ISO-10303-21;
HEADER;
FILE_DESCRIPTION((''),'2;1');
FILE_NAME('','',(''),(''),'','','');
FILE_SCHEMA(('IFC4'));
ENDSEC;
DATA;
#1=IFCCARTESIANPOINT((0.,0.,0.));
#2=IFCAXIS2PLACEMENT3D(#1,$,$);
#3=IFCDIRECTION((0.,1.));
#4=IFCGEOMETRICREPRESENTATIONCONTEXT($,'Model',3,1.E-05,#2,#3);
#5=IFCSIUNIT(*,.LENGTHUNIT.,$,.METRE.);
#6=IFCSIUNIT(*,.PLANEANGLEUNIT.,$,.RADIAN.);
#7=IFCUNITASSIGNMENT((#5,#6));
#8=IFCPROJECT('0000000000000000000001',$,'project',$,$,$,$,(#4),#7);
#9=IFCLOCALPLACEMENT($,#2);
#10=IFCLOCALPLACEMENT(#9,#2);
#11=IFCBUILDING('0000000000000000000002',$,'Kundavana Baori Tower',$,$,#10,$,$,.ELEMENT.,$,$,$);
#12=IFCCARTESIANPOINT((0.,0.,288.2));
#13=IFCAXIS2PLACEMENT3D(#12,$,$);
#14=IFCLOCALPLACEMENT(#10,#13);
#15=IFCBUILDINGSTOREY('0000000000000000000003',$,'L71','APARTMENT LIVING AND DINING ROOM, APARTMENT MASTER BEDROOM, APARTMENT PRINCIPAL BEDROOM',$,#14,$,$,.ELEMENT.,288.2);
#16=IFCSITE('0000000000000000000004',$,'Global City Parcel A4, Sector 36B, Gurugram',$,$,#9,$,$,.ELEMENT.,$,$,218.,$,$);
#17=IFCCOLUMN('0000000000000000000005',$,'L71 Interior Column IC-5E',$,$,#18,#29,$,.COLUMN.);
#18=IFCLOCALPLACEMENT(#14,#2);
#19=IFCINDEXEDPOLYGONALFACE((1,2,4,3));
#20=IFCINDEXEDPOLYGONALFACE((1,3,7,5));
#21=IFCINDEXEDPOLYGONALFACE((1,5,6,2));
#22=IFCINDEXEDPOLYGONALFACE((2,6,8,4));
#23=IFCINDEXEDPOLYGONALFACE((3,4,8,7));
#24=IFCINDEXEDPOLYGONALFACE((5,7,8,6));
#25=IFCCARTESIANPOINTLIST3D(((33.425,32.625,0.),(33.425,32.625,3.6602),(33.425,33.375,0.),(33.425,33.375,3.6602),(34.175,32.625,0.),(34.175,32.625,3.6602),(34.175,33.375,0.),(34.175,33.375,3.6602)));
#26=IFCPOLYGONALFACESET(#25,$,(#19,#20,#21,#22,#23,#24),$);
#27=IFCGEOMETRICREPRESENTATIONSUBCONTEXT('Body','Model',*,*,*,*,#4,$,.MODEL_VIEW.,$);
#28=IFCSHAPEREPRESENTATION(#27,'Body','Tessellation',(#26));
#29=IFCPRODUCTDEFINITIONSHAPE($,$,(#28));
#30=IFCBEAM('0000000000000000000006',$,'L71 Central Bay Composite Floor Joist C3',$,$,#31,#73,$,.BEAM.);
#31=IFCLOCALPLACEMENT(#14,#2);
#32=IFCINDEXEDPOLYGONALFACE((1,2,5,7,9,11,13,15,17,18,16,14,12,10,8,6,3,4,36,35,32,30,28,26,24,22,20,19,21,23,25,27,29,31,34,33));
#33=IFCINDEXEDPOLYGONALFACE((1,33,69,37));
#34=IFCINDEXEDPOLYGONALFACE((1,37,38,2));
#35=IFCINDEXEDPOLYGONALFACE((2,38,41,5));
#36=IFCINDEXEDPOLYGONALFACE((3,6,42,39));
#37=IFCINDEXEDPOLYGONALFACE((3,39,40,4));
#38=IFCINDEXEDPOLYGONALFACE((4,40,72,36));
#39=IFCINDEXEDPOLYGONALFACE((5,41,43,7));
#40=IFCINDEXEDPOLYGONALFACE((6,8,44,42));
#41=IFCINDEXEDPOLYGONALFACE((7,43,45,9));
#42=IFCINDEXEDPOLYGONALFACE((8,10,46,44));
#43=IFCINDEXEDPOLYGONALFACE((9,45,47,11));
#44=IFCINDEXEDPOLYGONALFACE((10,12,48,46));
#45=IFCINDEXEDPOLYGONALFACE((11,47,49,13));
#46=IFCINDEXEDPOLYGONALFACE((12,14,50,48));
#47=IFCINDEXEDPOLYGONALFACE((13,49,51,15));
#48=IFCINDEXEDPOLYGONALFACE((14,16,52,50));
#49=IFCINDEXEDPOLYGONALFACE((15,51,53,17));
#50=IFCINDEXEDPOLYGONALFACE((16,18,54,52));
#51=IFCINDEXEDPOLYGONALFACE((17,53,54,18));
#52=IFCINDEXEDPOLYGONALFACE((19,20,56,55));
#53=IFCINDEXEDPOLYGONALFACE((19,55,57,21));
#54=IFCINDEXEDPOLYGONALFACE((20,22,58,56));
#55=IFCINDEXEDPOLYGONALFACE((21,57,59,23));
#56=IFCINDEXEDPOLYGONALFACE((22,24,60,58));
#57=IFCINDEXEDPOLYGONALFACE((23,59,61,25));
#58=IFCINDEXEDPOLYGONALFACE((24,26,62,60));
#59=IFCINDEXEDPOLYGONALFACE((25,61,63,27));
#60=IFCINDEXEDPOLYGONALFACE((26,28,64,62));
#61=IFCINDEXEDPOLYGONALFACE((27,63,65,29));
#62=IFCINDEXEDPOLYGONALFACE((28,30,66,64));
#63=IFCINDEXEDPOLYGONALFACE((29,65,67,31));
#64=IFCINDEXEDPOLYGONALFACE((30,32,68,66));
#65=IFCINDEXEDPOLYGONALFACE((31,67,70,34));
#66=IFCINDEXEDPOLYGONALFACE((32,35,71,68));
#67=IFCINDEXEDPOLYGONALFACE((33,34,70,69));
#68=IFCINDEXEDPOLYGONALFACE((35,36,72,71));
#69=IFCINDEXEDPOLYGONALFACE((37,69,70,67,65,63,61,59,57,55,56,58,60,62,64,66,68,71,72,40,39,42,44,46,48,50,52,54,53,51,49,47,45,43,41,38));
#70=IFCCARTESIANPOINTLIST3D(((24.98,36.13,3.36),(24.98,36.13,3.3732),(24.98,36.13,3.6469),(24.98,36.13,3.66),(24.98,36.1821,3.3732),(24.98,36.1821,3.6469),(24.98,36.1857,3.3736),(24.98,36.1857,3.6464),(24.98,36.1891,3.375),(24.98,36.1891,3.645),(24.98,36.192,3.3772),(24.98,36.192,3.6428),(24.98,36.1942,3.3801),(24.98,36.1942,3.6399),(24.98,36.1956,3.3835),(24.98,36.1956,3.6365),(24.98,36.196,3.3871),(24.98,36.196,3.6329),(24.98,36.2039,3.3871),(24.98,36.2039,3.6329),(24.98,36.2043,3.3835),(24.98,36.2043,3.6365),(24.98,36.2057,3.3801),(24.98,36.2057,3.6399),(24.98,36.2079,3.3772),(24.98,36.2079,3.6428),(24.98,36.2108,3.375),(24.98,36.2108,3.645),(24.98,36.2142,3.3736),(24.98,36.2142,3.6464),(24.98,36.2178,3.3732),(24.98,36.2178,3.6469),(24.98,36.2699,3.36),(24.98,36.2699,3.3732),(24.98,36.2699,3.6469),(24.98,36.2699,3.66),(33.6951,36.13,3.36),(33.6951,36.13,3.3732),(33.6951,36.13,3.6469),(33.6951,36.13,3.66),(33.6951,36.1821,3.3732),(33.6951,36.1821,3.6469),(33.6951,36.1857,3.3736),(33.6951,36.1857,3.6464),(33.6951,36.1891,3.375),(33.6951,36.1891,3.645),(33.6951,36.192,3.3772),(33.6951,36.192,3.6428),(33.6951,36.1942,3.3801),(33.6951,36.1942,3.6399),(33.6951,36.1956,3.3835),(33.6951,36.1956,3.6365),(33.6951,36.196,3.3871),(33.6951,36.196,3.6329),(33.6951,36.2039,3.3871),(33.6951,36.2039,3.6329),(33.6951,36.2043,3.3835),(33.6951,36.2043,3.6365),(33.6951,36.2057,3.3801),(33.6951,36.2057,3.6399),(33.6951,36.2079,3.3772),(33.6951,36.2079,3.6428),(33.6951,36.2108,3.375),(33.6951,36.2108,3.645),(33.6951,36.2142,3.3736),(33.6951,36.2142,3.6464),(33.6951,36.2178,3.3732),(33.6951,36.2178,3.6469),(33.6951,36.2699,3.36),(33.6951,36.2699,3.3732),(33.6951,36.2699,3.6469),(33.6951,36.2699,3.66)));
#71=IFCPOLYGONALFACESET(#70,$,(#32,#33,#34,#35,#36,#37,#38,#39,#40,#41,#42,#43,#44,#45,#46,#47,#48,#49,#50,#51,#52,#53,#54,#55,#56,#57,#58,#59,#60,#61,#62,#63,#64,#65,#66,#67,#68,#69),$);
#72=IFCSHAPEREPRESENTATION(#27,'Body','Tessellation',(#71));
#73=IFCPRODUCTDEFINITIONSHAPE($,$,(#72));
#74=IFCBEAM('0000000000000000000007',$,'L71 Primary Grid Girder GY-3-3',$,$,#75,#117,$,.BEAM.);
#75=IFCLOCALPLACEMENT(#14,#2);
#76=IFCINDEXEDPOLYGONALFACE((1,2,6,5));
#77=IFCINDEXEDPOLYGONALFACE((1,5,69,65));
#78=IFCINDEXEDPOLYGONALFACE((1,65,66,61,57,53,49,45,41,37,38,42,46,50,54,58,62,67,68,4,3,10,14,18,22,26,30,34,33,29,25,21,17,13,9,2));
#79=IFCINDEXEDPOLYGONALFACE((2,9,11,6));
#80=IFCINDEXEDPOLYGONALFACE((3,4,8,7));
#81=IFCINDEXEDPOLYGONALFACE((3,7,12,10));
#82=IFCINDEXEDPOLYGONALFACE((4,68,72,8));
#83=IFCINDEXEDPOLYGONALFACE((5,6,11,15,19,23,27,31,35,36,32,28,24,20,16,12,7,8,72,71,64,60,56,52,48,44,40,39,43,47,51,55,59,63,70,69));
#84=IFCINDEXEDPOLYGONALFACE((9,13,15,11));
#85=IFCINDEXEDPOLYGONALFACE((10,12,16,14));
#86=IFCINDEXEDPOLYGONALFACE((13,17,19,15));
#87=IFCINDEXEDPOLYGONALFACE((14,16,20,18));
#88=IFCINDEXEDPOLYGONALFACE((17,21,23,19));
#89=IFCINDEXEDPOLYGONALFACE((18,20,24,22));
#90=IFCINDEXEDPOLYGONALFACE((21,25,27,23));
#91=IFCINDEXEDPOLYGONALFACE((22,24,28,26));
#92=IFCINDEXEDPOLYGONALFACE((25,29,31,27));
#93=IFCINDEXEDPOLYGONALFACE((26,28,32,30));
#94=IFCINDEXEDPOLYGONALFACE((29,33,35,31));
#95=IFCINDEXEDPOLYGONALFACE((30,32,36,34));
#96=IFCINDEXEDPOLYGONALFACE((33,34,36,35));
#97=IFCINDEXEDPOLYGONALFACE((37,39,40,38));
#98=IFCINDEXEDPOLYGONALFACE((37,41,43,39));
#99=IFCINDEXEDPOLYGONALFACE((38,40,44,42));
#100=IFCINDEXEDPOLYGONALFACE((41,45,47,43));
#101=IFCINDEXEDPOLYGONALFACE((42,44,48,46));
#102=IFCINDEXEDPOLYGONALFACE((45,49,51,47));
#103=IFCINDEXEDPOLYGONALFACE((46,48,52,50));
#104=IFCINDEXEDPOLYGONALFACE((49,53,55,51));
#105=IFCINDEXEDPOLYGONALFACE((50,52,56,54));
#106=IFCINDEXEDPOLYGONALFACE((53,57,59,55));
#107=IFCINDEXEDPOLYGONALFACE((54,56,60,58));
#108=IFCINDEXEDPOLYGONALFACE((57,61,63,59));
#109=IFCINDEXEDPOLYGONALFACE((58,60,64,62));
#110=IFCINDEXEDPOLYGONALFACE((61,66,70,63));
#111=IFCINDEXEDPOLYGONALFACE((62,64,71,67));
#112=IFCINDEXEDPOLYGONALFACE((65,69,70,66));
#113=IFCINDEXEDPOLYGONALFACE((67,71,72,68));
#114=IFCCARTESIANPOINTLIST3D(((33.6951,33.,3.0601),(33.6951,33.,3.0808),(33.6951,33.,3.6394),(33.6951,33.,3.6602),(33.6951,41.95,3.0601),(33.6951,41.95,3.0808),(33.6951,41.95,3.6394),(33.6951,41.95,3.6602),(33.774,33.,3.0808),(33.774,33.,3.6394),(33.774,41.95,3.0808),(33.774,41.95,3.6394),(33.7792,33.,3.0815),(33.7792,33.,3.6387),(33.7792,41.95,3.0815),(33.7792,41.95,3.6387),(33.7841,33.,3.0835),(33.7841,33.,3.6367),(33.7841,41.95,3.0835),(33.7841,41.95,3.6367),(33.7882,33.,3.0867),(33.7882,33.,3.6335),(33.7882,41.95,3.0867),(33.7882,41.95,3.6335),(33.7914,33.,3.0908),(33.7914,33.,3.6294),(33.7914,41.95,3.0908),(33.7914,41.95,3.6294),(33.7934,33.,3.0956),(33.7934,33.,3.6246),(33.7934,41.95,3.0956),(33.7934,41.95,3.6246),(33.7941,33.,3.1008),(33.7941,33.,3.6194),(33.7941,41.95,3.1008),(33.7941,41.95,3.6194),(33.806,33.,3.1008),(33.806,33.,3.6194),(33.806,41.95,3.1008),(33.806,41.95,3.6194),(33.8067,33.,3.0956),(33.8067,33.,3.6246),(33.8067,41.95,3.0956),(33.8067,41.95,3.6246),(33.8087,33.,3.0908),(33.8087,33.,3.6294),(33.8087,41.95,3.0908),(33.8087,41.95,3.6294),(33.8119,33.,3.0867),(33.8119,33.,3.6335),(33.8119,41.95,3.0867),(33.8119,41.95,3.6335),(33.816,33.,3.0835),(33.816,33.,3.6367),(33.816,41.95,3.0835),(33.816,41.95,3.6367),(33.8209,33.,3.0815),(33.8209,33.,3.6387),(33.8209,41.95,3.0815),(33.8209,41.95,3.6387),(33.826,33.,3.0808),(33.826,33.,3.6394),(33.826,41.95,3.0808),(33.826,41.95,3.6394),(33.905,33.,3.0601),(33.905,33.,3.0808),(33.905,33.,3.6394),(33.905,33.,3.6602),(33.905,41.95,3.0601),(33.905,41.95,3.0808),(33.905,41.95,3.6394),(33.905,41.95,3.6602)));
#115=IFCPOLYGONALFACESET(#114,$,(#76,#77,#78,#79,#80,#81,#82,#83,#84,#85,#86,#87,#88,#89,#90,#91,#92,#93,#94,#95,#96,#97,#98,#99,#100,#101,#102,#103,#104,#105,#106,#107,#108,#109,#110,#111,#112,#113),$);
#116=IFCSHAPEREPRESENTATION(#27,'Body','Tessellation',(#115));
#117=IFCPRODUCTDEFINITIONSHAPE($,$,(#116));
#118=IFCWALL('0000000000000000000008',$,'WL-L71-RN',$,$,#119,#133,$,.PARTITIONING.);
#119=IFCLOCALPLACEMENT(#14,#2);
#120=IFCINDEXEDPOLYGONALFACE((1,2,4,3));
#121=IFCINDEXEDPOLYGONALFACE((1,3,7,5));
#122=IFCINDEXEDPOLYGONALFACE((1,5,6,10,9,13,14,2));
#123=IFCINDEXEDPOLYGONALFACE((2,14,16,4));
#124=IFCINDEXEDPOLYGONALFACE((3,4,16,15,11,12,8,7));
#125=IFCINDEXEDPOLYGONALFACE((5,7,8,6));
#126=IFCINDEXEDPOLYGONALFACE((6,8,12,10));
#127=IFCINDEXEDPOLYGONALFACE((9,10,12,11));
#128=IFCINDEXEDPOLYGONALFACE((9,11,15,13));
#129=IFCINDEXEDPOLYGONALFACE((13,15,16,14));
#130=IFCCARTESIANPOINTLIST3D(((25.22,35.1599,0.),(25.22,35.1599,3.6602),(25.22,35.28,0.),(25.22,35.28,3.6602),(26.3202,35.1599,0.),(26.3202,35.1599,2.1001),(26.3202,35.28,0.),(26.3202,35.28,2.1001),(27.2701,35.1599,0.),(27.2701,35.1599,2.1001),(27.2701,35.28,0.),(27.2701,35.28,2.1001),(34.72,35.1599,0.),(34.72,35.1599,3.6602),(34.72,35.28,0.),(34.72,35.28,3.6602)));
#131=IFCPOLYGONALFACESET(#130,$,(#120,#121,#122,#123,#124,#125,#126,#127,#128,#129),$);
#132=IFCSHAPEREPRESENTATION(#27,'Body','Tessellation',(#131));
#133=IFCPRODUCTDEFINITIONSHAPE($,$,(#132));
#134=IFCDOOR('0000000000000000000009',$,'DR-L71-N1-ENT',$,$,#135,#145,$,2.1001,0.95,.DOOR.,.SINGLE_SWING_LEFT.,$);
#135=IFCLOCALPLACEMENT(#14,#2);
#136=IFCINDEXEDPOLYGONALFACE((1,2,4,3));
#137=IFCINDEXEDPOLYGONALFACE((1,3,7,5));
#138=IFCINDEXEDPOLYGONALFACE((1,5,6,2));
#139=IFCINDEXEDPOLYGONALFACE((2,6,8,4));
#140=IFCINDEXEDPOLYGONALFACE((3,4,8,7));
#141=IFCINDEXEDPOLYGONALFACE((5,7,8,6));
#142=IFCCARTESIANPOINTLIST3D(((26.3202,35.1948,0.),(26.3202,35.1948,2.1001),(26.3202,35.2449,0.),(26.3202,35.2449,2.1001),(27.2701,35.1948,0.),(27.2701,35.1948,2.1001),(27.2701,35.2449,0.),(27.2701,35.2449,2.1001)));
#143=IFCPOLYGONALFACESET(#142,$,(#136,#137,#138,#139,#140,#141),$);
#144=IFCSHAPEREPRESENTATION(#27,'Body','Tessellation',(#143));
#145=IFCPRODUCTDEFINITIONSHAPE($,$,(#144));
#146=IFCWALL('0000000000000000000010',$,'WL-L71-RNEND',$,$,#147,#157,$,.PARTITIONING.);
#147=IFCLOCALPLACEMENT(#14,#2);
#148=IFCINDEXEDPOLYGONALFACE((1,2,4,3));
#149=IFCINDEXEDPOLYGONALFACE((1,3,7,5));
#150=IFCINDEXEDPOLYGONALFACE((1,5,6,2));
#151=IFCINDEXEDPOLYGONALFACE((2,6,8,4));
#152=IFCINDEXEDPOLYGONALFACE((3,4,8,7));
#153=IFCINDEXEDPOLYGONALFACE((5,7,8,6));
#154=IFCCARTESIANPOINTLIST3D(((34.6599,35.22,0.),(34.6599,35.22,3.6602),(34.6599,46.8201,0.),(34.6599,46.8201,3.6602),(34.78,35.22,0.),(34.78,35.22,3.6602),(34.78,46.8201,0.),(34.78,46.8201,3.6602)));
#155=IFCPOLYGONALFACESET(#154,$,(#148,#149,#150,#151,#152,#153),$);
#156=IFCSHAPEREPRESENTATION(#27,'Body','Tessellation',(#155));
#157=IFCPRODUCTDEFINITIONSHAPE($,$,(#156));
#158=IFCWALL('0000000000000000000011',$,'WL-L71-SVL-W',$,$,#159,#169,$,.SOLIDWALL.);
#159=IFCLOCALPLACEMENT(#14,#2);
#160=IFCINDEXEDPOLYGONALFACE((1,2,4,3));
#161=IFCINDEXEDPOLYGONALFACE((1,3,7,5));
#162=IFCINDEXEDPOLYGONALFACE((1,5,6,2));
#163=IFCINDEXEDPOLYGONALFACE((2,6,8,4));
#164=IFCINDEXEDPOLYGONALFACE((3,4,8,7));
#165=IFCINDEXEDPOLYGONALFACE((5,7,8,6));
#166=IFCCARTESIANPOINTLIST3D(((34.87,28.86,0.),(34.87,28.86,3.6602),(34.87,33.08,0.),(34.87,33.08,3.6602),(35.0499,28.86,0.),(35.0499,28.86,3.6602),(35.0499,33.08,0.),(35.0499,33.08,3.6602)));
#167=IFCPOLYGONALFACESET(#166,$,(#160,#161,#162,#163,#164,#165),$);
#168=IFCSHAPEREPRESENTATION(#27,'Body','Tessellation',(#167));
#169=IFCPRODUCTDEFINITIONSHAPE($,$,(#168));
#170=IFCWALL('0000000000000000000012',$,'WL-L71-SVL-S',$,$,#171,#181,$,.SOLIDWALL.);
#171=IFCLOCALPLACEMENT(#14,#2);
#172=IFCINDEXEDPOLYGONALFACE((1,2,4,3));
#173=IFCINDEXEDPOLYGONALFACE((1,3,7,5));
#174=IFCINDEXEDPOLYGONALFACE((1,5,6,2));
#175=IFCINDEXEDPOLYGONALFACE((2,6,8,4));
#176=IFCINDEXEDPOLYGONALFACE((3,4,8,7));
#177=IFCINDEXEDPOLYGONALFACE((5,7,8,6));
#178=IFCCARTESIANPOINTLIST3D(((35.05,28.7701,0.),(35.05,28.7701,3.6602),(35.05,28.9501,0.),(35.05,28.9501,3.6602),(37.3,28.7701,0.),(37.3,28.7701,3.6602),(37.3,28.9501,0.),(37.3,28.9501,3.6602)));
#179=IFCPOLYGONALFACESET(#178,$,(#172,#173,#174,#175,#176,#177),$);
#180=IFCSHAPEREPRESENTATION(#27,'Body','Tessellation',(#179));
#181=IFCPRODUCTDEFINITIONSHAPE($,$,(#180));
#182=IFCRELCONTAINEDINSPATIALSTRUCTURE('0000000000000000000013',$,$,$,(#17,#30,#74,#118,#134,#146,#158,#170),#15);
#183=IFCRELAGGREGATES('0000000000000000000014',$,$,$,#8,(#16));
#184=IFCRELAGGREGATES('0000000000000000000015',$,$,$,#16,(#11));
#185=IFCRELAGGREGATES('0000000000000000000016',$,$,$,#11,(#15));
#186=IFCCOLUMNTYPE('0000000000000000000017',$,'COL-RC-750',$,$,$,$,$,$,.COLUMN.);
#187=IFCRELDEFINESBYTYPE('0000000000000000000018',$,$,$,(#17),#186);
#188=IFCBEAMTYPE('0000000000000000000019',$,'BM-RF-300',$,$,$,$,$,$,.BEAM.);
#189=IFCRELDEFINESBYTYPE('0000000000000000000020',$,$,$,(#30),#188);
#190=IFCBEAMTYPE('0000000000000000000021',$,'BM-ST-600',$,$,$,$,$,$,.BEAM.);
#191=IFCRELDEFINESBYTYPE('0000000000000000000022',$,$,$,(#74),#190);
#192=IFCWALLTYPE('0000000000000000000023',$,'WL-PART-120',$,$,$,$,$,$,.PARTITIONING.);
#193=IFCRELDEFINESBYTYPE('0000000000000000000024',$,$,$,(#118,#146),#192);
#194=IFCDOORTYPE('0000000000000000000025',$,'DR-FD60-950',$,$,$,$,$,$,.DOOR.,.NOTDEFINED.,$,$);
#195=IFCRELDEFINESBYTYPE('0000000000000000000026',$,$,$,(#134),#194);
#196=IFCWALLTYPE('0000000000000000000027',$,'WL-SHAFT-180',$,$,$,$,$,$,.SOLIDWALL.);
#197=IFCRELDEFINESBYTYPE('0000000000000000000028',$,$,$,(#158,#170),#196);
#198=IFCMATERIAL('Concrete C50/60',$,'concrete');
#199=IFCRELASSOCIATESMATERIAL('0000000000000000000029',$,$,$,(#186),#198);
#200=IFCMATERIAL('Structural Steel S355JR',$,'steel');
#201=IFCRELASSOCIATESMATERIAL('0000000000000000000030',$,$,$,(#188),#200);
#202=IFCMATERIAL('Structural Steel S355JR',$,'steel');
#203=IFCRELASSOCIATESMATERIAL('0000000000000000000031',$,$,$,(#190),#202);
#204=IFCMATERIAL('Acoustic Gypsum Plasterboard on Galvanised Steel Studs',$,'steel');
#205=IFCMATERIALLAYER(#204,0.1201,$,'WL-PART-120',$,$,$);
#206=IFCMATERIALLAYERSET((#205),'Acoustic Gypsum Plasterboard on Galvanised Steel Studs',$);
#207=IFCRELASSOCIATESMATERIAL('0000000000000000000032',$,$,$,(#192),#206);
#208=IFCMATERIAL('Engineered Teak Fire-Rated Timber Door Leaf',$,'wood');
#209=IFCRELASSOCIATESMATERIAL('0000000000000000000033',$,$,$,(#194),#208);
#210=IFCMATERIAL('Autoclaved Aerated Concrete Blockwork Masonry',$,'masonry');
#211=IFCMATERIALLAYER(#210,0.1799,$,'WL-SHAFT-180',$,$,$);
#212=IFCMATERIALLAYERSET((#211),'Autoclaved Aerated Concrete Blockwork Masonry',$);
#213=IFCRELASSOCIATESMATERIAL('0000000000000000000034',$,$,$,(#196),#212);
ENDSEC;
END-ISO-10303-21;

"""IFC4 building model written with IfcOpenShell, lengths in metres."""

from ifc_helpers import new_model, si_unit, direction, frame, frame_2d, origin, origin_2d, place, context, subcontext, project, spatial, rectangle, i_section, extrude, material, layer, layer_set, material_profile, profile_set, type_object, element, fill, save


model = new_model("IFC4")

# Units and contexts
model_context = context("Model", 3, precision=1e-05, world=origin(), true_north=direction((0.0, 1.0)))
body_context = subcontext(model_context, "Body", "Model", "MODEL_VIEW")
ifc_project = project(units=[si_unit("LENGTHUNIT", "METRE"), si_unit("PLANEANGLEUNIT", "RADIAN")], contexts=[model_context])

# Site, building, storey
site_placement = place(None, origin())
site = spatial("IfcSite", under=ifc_project, at=site_placement, Name="Global City Parcel A4, Sector 36B, Gurugram", CompositionType="ELEMENT", RefElevation=218.0)
building_placement = place(site_placement, origin())
building = spatial("IfcBuilding", under=site, at=building_placement, Name="Kundavana Baori Tower", CompositionType="ELEMENT")
storey_placement = place(building_placement, frame((0.0, 0.0, 288.2)))
storey = spatial("IfcBuildingStorey", under=building, at=storey_placement, Name="L71", Description="APARTMENT LIVING AND DINING ROOM, APARTMENT MASTER BEDROOM, APARTMENT PRINCIPAL BEDROOM", CompositionType="ELEMENT", Elevation=288.2)

# Column
ifc_material_1 = material(Name="Concrete C50/60", Category="concrete")
ifc_material_profile_1 = material_profile(ifc_material_1, rectangle(XDim=0.75, YDim=0.75, at=origin_2d()), Name="RC 750x750")
ifc_profile_set_1 = profile_set([ifc_material_profile_1], Name="Concrete C50/60")
column_type = type_object("IfcColumnType", Name="COL-RC-750", PredefinedType="COLUMN", material=ifc_profile_set_1)
column_placement = place(storey_placement, frame((33.8, 33.0, 0.0), z_axis=(0.0, 0.0, 1.0), x_axis=(1.0, 0.0, 0.0)))
element("IfcColumn", 1, at=column_placement, inside=storey, type_object=column_type, Name="L71 Interior Column IC-5E", PredefinedType="COLUMN", context=body_context, shape_type="SweptSolid", body=[
    extrude(rectangle(XDim=0.75, YDim=0.75, at=origin_2d()), origin(), (0.0, 0.0, 1.0), 3.6602),
])

# Beams
ifc_material_2 = material(Name="Structural Steel S355JR", Category="steel")
ifc_material_profile_2 = material_profile(ifc_material_2, i_section(OverallWidth=0.1399, OverallDepth=0.3, WebThickness=0.0078, FlangeThickness=0.0132, FilletRadius=0.0139, at=origin_2d()), Name="ISMB 300")
ifc_profile_set_2 = profile_set([ifc_material_profile_2], Name="Structural Steel S355JR")
beam_type_1 = type_object("IfcBeamType", Name="BM-RF-300", PredefinedType="BEAM", material=ifc_profile_set_2)
beam_1_placement = place(storey_placement, frame((24.98, 36.2, 3.51), z_axis=(1.0, 0.0, 0.0), x_axis=(0.0, 1.0, 0.0)))
element("IfcBeam", 2, at=beam_1_placement, inside=storey, type_object=beam_type_1, Name="L71 Central Bay Composite Floor Joist C3", PredefinedType="BEAM", context=body_context, shape_type="SweptSolid", body=[
    extrude(i_section(OverallWidth=0.1399, OverallDepth=0.3, WebThickness=0.0078, FlangeThickness=0.0132, FilletRadius=0.0139, at=origin_2d()), origin(), (0.0, 0.0, 1.0), 8.7151),
])
ifc_material_3 = material(Name="Structural Steel S355JR", Category="steel")
ifc_material_profile_3 = material_profile(ifc_material_3, i_section(OverallWidth=0.21, OverallDepth=0.6001, WebThickness=0.012, FlangeThickness=0.0208, FilletRadius=0.02, at=origin_2d()), Name="ISMB 600")
ifc_profile_set_3 = profile_set([ifc_material_profile_3], Name="Structural Steel S355JR")
beam_type_2 = type_object("IfcBeamType", Name="BM-ST-600", PredefinedType="BEAM", material=ifc_profile_set_3)
beam_2_placement = place(storey_placement, frame((33.8, 33.0, 3.3601), z_axis=(0.0, 1.0, 0.0), x_axis=(-1.0, 0.0, 0.0)))
element("IfcBeam", 3, at=beam_2_placement, inside=storey, type_object=beam_type_2, Name="L71 Primary Grid Girder GY-3-3", PredefinedType="BEAM", context=body_context, shape_type="SweptSolid", body=[
    extrude(i_section(OverallWidth=0.21, OverallDepth=0.6001, WebThickness=0.012, FlangeThickness=0.0208, FilletRadius=0.02, at=origin_2d()), origin(), (0.0, 0.0, 1.0), 8.95),
])

# Wall, opening, door
ifc_material_4 = material(Name="Acoustic Gypsum Plasterboard on Galvanised Steel Studs", Category="steel")
ifc_layer_1 = layer(ifc_material_4, 0.1201, Name="WL-PART-120")
ifc_layer_set_1 = layer_set([ifc_layer_1], Name="Acoustic Gypsum Plasterboard on Galvanised Steel Studs")
wall_type_1 = type_object("IfcWallType", Name="WL-PART-120", PredefinedType="PARTITIONING", material=ifc_layer_set_1)
wall_1_placement = place(storey_placement, frame((25.22, 35.22, 0.0), z_axis=(0.0, 0.0, 1.0), x_axis=(1.0, 0.0, 0.0)))
wall_1 = element("IfcWall", 4, at=wall_1_placement, inside=storey, type_object=wall_type_1, Name="WL-L71-RN", PredefinedType="PARTITIONING", context=body_context, shape_type="SweptSolid", body=[
    extrude(rectangle(XDim=9.5, YDim=0.1201, at=frame_2d((4.75, 0.0))), origin(), (0.0, 0.0, 1.0), 3.6602),
])
opening_1_placement = place(wall_1_placement, frame((1.1001, 0.0, 0.0)))
opening_1 = element("IfcOpeningElement", 5, at=opening_1_placement, cuts=wall_1, PredefinedType="OPENING", context=body_context, shape_type="SweptSolid", body=[
    extrude(rectangle(XDim=0.95, YDim=2.1001, at=frame_2d((0.4751, 1.05))), frame((0.0, 0.0701, 0.0), z_axis=(0.0, -1.0, 0.0), x_axis=(1.0, 0.0, 0.0)), (0.0, 0.0, 1.0), 0.1401),
])
ifc_material_5 = material(Name="Engineered Teak Fire-Rated Timber Door Leaf", Category="wood")
door_type_1 = type_object("IfcDoorType", Name="DR-FD60-950", OperationType="NOTDEFINED", PredefinedType="DOOR", material=ifc_material_5)
door_1_placement = place(opening_1_placement, origin())
door_1 = element("IfcDoor", 6, at=door_1_placement, inside=storey, type_object=door_type_1, Name="DR-L71-N1-ENT", OperationType="SINGLE_SWING_LEFT", OverallHeight=2.1001, OverallWidth=0.95, PredefinedType="DOOR", context=body_context, shape_type="SweptSolid", body=[
    extrude(rectangle(XDim=0.95, YDim=2.1001, at=frame_2d((0.4751, 1.05))), frame((0.0, 0.0249, 0.0), z_axis=(0.0, -1.0, 0.0), x_axis=(1.0, 0.0, 0.0)), (0.0, 0.0, 1.0), 0.05),
])
fill(opening_1, door_1)

# Walls
wall_2_placement = place(storey_placement, frame((34.72, 35.22, 0.0), z_axis=(0.0, 0.0, 1.0), x_axis=(0.0, 1.0, 0.0)))
element("IfcWall", 7, at=wall_2_placement, inside=storey, type_object=wall_type_1, Name="WL-L71-RNEND", PredefinedType="PARTITIONING", context=body_context, shape_type="SweptSolid", body=[
    extrude(rectangle(XDim=11.6001, YDim=0.1201, at=frame_2d((5.8, 0.0))), origin(), (0.0, 0.0, 1.0), 3.6602),
])
ifc_material_6 = material(Name="Autoclaved Aerated Concrete Blockwork Masonry", Category="masonry")
ifc_layer_2 = layer(ifc_material_6, 0.1799, Name="WL-SHAFT-180")
ifc_layer_set_2 = layer_set([ifc_layer_2], Name="Autoclaved Aerated Concrete Blockwork Masonry")
wall_type_2 = type_object("IfcWallType", Name="WL-SHAFT-180", PredefinedType="SOLIDWALL", material=ifc_layer_set_2)
wall_3_placement = place(storey_placement, frame((34.96, 28.8601, 0.0), z_axis=(0.0, 0.0, 1.0), x_axis=(0.0, 1.0, 0.0)))
element("IfcWall", 8, at=wall_3_placement, inside=storey, type_object=wall_type_2, Name="WL-L71-SVL-W", PredefinedType="SOLIDWALL", context=body_context, shape_type="SweptSolid", body=[
    extrude(rectangle(XDim=4.22, YDim=0.1799, at=frame_2d((2.1099, 0.0))), origin(), (0.0, 0.0, 1.0), 3.6602),
])
for number, where, z_axis, x_axis, name in (
    (9, (35.05, 28.8601, 0.0), (0.0, 0.0, 1.0), (1.0, 0.0, 0.0), "WL-L71-SVL-S"),
):
    element("IfcWall", number, at=place(storey_placement, frame(where, z_axis=z_axis, x_axis=x_axis)), inside=storey, type_object=wall_type_2, Name=name, PredefinedType="SOLIDWALL", context=body_context, shape_type="SweptSolid", body=[
        extrude(rectangle(XDim=2.25, YDim=0.1799, at=frame_2d((1.125, 0.0))), origin(), (0.0, 0.0, 1.0), 3.6602),
    ])

save(model, "model.ifc")
